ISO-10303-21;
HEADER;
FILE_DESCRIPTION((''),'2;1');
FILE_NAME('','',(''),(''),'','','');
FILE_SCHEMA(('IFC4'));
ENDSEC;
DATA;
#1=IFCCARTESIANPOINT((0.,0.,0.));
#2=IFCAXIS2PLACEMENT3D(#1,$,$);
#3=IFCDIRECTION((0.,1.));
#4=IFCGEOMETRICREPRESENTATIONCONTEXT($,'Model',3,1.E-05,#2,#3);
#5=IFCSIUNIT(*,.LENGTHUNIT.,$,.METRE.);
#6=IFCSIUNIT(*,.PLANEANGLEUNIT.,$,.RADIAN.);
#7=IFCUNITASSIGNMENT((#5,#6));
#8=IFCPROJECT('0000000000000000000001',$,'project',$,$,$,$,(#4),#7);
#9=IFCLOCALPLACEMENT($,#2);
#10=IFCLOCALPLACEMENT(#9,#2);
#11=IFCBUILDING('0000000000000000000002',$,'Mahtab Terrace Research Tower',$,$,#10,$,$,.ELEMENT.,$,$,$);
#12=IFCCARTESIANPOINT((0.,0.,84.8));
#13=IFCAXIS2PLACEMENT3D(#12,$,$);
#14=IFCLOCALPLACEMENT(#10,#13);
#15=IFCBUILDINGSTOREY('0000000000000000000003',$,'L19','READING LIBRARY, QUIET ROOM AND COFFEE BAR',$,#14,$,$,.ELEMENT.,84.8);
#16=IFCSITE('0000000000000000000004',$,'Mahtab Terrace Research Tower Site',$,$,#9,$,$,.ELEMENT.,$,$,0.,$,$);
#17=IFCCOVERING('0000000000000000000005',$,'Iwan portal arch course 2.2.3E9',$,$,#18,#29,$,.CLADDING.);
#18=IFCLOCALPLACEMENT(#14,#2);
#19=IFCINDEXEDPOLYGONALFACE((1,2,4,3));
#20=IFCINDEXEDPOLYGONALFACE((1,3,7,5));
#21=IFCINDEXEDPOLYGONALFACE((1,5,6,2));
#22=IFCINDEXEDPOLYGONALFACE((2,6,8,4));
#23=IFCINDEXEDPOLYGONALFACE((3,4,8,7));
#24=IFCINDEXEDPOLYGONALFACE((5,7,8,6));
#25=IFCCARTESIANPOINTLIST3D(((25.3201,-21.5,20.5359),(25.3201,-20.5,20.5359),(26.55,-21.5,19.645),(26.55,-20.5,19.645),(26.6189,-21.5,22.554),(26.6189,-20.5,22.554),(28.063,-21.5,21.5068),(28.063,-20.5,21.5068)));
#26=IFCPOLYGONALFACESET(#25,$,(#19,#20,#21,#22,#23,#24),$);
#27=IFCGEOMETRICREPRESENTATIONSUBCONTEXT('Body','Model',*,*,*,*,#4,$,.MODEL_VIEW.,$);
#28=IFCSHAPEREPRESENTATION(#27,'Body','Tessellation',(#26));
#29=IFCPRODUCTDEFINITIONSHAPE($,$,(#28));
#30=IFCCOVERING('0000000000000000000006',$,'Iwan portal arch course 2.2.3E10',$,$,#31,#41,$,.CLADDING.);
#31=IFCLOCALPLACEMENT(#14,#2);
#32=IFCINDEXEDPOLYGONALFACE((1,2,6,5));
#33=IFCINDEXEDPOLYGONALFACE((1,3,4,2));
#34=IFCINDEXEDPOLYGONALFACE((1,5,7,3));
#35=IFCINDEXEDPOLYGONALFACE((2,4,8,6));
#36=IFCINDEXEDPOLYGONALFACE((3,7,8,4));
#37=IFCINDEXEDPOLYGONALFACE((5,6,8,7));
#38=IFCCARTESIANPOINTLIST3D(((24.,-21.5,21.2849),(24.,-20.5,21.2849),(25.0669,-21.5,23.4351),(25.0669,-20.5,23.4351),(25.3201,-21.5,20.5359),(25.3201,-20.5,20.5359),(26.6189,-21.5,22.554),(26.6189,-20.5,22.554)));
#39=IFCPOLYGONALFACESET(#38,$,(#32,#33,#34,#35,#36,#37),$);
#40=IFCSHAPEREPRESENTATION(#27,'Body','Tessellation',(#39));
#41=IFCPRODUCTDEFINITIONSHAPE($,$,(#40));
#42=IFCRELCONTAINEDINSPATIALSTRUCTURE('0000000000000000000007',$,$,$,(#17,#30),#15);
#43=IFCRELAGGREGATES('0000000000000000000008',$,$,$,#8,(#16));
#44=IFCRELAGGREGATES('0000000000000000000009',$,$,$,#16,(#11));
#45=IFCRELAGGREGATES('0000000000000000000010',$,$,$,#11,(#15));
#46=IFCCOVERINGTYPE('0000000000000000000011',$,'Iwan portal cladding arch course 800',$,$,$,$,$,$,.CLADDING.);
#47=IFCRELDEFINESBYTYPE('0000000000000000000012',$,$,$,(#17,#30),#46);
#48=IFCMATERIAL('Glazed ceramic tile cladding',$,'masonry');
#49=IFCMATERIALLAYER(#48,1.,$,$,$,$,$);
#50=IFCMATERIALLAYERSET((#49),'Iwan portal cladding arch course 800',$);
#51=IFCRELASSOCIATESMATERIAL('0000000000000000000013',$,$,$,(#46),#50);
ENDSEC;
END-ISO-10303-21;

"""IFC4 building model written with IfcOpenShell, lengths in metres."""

from ifc_helpers import new_model, si_unit, direction, frame, origin, place, context, subcontext, project, spatial, polyline, outline, extrude, material, layer, layer_set, type_object, element, save


model = new_model("IFC4")

# Units and contexts
model_context = context("Model", 3, precision=1e-05, world=origin(), true_north=direction((0.0, 1.0)))
body_context = subcontext(model_context, "Body", "Model", "MODEL_VIEW")
ifc_project = project(units=[si_unit("LENGTHUNIT", "METRE"), si_unit("PLANEANGLEUNIT", "RADIAN")], contexts=[model_context])

# Site, building, storey
site_placement = place(None, origin())
site = spatial("IfcSite", under=ifc_project, at=site_placement, Name="Mahtab Terrace Research Tower Site", CompositionType="ELEMENT", RefElevation=0.0)
building_placement = place(site_placement, origin())
building = spatial("IfcBuilding", under=site, at=building_placement, Name="Mahtab Terrace Research Tower", CompositionType="ELEMENT")
storey_placement = place(building_placement, frame((0.0, 0.0, 84.8)))
storey = spatial("IfcBuildingStorey", under=building, at=storey_placement, Name="L19", Description="READING LIBRARY, QUIET ROOM AND COFFEE BAR", CompositionType="ELEMENT", Elevation=84.8)

# Coverings
ifc_material = material(Name="Glazed ceramic tile cladding", Category="masonry")
ifc_layer = layer(ifc_material, 1.0)
ifc_layer_set = layer_set([ifc_layer], Name="Iwan portal cladding arch course 800")
covering_type = type_object("IfcCoveringType", Name="Iwan portal cladding arch course 800", PredefinedType="CLADDING", material=ifc_layer_set)
covering_1_placement = place(storey_placement, frame((26.55, -20.5, 19.645), z_axis=(0.0, 1.0, 0.0), x_axis=(-0.809882, 0.0, 0.586593)))
element("IfcCovering", 1, at=covering_1_placement, inside=storey, type_object=covering_type, Name="Iwan portal arch course 2.2.3E9", PredefinedType="CLADDING", context=body_context, shape_type="SweptSolid", body=[
    extrude(outline(polyline([(0.0, 0.0), (1.5187, 0.0), (1.6506, 2.3963), (-0.1332, 2.3953), (0.0, 0.0)])), origin(), (0.0, 0.0, -1.0), 1.0),
])
covering_2_placement = place(storey_placement, frame((25.3201, -20.5, 20.5359), z_axis=(0.0, 1.0, 0.0), x_axis=(-0.869744, 0.0, 0.493504)))
element("IfcCovering", 2, at=covering_2_placement, inside=storey, type_object=covering_type, Name="Iwan portal arch course 2.2.3E10", PredefinedType="CLADDING", context=body_context, shape_type="SweptSolid", body=[
    extrude(outline(polyline([(0.0, 0.0), (1.5178, 0.0), (1.6509, 2.3966), (-0.1337, 2.3962), (0.0, 0.0)])), origin(), (0.0, 0.0, -1.0), 1.0),
])

save(model, "model.ifc")
